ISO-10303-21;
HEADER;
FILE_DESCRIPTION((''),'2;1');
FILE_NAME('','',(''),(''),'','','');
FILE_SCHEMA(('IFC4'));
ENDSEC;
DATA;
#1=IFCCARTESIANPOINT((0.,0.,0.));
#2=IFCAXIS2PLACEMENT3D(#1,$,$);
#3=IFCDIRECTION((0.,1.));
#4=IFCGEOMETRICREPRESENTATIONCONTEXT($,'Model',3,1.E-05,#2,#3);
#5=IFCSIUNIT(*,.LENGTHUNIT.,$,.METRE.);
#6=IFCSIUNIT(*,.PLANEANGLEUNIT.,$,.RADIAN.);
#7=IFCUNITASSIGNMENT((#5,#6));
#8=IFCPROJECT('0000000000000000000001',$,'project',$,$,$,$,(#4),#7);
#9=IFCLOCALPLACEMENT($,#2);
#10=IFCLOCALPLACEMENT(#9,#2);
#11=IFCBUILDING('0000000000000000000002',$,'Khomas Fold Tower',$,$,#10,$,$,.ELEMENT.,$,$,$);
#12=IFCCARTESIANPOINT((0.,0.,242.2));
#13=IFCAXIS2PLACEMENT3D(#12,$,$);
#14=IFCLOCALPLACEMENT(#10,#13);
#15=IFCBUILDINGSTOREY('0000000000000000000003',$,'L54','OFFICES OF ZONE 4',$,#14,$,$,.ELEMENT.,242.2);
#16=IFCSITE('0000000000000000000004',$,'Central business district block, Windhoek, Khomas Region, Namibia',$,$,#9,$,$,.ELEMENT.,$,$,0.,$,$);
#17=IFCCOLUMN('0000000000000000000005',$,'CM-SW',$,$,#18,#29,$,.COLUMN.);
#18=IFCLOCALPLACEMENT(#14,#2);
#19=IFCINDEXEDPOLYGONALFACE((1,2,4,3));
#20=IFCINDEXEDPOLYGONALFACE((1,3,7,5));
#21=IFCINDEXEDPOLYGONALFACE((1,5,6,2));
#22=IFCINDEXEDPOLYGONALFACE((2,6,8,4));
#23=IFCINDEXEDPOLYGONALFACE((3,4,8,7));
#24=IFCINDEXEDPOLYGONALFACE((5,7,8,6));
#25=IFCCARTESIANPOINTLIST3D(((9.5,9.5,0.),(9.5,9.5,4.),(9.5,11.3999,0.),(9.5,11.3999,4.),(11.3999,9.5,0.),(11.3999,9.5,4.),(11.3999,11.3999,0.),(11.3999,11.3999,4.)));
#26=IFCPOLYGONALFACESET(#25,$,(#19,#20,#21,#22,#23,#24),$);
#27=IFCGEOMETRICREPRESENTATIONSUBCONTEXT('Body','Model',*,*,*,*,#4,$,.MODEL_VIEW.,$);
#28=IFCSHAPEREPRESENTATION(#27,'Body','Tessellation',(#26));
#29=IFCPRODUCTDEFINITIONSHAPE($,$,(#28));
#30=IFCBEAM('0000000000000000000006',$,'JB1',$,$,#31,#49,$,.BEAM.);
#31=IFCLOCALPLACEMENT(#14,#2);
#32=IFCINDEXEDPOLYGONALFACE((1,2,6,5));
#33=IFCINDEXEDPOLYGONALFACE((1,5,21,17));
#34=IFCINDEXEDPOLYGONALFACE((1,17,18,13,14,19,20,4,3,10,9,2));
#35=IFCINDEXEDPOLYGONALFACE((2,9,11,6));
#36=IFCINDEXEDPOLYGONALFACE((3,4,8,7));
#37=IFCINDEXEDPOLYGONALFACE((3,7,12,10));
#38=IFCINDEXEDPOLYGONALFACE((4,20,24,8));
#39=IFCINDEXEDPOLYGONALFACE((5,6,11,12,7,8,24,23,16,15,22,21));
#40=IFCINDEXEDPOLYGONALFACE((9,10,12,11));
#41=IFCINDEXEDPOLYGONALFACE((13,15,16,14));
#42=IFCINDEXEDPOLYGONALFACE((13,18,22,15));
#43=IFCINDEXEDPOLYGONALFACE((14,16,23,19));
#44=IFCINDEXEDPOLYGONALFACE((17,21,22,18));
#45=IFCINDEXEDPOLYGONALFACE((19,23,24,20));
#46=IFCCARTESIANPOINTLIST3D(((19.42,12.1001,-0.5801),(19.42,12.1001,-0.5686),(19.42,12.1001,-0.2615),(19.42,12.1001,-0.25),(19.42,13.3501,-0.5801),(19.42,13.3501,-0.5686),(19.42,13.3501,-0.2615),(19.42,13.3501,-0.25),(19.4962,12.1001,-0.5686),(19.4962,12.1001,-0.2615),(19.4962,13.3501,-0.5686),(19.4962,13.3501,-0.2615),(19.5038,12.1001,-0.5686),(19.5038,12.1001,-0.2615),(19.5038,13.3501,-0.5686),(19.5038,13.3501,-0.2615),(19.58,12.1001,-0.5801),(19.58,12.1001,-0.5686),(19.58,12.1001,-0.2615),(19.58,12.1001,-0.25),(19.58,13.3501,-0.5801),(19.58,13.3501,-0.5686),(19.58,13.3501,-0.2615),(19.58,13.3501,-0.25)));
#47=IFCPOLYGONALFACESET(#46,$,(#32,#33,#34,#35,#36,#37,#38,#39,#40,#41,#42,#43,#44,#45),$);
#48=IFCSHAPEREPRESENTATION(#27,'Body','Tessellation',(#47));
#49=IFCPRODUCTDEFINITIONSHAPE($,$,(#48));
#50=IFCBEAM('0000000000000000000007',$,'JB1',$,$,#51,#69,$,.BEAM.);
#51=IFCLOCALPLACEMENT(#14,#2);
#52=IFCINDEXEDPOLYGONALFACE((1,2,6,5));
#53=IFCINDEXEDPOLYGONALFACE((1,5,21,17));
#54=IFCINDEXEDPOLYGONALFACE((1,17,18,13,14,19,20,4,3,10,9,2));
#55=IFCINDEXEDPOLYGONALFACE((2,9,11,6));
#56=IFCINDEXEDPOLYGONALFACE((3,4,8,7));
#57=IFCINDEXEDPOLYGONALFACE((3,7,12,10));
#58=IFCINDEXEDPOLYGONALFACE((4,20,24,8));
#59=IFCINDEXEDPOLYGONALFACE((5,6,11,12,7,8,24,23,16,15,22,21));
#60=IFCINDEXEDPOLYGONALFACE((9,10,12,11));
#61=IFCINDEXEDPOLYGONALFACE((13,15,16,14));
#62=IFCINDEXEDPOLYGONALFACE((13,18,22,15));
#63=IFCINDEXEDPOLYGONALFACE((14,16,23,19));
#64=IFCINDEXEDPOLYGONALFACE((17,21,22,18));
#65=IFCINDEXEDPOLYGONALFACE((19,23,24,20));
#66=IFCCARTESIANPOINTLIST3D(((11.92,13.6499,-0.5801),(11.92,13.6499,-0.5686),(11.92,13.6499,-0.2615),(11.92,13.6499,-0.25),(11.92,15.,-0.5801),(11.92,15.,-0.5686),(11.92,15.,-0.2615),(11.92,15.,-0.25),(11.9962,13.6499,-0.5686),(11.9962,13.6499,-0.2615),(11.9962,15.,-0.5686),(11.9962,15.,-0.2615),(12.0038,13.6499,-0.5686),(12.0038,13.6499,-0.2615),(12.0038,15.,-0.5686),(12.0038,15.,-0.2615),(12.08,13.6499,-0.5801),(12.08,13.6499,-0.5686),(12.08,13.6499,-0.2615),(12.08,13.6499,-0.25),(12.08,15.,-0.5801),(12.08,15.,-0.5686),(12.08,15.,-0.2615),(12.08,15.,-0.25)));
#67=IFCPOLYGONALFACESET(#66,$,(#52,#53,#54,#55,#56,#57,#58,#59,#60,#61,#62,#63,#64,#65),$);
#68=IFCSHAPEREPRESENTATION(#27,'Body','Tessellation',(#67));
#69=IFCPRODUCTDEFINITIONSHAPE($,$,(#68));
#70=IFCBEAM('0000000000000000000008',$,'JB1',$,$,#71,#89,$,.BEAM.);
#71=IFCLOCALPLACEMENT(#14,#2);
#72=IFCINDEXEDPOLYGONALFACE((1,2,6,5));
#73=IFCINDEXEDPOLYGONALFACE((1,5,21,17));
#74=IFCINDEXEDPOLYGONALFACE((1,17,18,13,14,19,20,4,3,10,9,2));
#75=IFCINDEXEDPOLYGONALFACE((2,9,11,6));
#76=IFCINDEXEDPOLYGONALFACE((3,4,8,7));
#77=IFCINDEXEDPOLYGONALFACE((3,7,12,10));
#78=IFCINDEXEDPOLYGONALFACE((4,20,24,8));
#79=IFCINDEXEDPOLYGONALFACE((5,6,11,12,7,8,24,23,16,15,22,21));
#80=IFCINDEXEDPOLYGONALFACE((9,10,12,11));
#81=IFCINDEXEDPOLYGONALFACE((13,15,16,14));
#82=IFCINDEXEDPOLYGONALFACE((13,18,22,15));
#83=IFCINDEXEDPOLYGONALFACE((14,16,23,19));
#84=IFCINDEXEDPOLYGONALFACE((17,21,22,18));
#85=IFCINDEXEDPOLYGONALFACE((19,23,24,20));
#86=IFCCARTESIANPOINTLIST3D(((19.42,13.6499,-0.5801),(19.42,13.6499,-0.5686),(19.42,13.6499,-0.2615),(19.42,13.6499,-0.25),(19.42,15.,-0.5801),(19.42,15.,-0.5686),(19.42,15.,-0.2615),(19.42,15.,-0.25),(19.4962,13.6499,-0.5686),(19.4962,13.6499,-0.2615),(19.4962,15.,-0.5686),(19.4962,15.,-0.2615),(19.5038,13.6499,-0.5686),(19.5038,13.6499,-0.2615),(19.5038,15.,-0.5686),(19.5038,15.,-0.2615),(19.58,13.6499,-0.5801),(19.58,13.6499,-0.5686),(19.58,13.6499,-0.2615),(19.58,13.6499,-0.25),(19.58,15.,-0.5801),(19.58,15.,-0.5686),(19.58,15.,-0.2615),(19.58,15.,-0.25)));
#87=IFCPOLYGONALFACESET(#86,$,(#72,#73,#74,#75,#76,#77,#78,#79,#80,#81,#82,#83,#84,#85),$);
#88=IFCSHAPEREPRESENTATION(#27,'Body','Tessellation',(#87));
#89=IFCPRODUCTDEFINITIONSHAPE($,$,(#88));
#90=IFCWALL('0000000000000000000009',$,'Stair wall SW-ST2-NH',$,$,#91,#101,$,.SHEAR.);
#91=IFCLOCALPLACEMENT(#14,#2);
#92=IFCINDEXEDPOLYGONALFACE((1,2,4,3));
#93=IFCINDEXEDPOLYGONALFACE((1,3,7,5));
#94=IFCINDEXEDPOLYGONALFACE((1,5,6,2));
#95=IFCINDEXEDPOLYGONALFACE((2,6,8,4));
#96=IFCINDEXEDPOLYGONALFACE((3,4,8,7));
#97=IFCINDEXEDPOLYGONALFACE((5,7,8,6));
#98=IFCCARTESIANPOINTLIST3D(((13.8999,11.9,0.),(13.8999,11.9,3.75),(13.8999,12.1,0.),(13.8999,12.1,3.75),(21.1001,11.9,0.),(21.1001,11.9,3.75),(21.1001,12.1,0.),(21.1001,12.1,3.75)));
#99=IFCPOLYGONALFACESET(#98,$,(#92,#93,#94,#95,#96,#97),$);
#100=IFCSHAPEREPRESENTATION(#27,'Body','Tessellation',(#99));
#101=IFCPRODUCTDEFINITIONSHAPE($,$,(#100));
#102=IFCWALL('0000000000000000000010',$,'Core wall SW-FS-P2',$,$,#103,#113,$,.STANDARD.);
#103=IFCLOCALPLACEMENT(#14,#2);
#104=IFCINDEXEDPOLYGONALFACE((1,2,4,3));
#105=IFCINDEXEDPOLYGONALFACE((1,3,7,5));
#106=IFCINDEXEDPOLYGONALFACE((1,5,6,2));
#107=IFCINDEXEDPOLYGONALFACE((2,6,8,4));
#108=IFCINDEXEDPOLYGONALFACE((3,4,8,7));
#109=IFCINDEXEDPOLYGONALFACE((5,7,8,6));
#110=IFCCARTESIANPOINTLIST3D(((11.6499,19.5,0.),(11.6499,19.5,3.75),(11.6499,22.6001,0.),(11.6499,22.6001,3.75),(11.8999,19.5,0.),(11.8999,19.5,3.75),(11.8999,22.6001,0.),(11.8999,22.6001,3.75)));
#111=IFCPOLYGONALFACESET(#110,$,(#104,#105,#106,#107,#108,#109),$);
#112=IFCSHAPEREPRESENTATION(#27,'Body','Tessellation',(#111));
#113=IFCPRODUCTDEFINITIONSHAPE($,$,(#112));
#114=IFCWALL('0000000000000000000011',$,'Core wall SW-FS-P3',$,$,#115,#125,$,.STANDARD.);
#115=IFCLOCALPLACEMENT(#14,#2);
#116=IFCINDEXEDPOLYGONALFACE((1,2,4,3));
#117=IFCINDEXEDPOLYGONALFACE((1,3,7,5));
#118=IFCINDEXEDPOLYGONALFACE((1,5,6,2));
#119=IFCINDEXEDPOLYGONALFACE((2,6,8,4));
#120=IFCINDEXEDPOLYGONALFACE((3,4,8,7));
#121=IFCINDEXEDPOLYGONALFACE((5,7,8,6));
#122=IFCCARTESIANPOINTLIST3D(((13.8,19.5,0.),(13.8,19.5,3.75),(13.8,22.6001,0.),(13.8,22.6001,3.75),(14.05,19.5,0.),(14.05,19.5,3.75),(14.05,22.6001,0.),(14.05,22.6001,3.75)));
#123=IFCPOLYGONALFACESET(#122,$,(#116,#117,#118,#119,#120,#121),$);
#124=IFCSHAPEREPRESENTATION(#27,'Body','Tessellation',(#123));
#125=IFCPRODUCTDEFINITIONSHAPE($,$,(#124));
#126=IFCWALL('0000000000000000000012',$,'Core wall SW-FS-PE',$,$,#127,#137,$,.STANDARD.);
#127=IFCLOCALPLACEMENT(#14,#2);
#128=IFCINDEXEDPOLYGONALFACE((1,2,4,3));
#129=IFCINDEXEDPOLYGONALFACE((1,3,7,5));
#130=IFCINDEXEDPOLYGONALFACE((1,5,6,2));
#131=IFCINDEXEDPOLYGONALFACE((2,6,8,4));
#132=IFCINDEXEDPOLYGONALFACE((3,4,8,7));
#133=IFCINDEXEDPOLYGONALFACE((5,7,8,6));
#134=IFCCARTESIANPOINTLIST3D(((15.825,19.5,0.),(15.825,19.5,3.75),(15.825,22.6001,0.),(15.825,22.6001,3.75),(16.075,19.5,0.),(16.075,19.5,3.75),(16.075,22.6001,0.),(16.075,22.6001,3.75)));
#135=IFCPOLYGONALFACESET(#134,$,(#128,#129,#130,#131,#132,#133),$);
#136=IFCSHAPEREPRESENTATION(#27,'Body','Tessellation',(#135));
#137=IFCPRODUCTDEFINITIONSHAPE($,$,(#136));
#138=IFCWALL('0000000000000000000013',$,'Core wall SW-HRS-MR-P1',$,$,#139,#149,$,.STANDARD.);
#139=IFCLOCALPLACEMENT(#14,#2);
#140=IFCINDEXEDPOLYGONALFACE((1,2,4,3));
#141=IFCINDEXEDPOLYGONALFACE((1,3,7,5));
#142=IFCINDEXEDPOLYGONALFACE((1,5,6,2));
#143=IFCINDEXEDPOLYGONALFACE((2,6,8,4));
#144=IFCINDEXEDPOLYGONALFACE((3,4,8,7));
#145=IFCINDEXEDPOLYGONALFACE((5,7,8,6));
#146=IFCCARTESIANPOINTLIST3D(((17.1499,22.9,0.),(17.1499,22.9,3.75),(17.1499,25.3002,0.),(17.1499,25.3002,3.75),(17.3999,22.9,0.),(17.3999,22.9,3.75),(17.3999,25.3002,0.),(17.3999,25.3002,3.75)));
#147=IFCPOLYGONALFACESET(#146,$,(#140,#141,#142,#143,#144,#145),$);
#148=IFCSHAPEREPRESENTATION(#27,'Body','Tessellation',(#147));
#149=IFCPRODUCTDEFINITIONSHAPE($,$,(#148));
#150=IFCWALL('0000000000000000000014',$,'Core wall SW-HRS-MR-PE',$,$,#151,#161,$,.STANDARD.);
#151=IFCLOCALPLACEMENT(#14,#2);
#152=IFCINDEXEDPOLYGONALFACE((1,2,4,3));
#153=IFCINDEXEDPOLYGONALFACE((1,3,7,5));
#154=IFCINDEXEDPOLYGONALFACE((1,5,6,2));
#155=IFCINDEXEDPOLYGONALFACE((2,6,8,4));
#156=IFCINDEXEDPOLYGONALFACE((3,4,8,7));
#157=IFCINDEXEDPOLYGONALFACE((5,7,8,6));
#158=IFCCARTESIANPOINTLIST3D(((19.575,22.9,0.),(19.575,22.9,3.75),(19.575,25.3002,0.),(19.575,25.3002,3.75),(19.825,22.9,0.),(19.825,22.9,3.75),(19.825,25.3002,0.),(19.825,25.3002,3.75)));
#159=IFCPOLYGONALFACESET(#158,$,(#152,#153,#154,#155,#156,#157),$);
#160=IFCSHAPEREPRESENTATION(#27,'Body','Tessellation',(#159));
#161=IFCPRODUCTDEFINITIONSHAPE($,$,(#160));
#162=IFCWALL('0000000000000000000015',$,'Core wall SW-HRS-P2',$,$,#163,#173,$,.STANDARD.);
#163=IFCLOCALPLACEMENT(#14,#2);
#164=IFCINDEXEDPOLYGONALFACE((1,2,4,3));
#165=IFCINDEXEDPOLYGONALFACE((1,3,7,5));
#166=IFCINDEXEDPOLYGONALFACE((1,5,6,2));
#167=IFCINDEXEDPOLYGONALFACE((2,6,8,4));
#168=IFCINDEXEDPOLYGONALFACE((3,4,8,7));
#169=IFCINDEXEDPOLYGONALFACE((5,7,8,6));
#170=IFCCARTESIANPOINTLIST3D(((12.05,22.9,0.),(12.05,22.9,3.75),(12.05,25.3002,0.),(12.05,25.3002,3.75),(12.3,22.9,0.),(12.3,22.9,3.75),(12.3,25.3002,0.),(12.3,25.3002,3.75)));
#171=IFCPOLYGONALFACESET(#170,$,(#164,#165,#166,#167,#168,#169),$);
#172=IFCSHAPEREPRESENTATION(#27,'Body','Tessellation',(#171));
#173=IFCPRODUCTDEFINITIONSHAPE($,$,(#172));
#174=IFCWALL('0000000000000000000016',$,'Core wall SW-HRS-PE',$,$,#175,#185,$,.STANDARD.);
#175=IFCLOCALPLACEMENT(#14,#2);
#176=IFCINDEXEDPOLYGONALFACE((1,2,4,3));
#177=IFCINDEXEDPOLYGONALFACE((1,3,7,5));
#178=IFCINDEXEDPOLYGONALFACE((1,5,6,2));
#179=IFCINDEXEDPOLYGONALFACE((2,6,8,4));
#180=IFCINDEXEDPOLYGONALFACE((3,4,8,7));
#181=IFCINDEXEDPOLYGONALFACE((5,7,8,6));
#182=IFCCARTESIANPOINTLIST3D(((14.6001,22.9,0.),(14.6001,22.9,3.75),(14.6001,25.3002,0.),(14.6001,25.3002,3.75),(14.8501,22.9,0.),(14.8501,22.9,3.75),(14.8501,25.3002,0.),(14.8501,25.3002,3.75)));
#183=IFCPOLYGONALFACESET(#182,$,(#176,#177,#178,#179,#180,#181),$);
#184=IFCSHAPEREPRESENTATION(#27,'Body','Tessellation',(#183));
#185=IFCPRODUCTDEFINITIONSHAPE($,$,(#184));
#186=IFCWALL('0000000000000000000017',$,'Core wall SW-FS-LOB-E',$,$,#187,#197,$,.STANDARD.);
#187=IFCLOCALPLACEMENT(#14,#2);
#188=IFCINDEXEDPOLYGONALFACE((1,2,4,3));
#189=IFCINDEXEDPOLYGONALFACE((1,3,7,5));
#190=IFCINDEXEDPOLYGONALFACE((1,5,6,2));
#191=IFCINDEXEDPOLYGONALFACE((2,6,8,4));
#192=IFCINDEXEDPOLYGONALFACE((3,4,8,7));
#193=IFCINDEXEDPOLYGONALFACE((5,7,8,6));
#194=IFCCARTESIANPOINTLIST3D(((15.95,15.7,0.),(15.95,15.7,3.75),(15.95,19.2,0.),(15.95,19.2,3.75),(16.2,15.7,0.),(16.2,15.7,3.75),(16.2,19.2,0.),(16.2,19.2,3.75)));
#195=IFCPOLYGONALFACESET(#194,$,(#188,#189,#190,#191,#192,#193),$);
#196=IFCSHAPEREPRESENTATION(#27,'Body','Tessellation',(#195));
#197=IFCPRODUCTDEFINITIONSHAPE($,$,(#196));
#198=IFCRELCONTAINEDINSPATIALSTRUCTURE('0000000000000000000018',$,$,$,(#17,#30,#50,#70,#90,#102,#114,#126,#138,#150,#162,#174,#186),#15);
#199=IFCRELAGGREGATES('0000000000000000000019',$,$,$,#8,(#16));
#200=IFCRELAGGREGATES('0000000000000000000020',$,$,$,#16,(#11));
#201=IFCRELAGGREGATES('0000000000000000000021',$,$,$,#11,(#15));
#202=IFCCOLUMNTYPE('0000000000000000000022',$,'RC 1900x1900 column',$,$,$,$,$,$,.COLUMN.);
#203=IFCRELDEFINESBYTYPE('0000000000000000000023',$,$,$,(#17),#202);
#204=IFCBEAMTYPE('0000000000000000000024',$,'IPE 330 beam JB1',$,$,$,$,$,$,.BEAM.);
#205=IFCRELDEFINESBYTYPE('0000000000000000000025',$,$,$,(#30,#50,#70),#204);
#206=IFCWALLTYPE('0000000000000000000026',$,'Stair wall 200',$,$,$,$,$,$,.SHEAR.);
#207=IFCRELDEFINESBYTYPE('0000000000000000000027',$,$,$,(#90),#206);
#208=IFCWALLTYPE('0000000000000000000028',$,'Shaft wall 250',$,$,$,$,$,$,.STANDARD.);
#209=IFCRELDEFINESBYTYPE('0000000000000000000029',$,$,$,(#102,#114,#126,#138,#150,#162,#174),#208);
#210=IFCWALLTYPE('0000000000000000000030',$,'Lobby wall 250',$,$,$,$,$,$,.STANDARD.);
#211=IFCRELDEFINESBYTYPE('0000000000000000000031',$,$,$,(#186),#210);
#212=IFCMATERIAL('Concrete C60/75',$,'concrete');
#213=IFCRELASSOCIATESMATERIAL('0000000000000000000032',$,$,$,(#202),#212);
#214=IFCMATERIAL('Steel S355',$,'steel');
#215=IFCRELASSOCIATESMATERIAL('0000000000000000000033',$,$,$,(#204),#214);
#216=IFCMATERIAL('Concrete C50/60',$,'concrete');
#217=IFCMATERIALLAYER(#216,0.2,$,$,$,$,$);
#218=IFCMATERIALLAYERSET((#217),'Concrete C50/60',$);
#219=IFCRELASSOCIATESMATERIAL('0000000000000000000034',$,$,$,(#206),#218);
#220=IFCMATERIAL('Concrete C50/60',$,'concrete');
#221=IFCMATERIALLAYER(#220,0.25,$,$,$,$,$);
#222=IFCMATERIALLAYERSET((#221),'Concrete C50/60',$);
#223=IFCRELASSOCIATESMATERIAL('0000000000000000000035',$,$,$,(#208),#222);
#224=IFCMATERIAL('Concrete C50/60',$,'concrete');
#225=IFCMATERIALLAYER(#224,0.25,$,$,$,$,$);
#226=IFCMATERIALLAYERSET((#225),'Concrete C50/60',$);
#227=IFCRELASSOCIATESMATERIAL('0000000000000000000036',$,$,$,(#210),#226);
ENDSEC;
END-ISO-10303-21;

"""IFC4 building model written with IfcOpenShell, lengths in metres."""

from ifc_helpers import new_model, si_unit, direction, frame, frame_2d, origin, origin_2d, place, context, subcontext, project, spatial, rectangle, i_section, extrude, source, transform, mapped, material, layer, layer_set, material_profile, profile_set, type_object, element, save


model = new_model("IFC4")

# Units and contexts
model_context = context("Model", 3, precision=1e-05, world=origin(), true_north=direction((0.0, 1.0)))
body_context = subcontext(model_context, "Body", "Model", "MODEL_VIEW")
ifc_project = project(units=[si_unit("LENGTHUNIT", "METRE"), si_unit("PLANEANGLEUNIT", "RADIAN")], contexts=[model_context])

# Site, building, storey
site_placement = place(None, origin())
site = spatial("IfcSite", under=ifc_project, at=site_placement, Name="Central business district block, Windhoek, Khomas Region, Namibia", CompositionType="ELEMENT", RefElevation=0.0)
building_placement = place(site_placement, origin())
building = spatial("IfcBuilding", under=site, at=building_placement, Name="Khomas Fold Tower", CompositionType="ELEMENT")
storey_placement = place(building_placement, frame((0.0, 0.0, 242.2)))
storey = spatial("IfcBuildingStorey", under=building, at=storey_placement, Name="L54", Description="OFFICES OF ZONE 4", CompositionType="ELEMENT", Elevation=242.2)

# Column
ifc_material_1 = material(Name="Concrete C60/75", Category="concrete")
ifc_material_profile_1 = material_profile(ifc_material_1, rectangle(XDim=1.8999, YDim=1.8999, at=origin_2d()), Name="RC 1900x1900")
ifc_profile_set_1 = profile_set([ifc_material_profile_1], Name="Concrete C60/75")
column_type = type_object("IfcColumnType", Name="RC 1900x1900 column", PredefinedType="COLUMN", material=ifc_profile_set_1)
shared_shape_1 = source(origin(), body_context, "Body", "SweptSolid", [
    extrude(rectangle(XDim=1.8999, YDim=1.8999, at=origin_2d()), origin(), (0.0, 0.0, 1.0), 4.0),
])
column_placement = place(storey_placement, frame((10.45, 10.45, 0.0), z_axis=(0.0, 0.0, 1.0), x_axis=(1.0, 0.0, 0.0)))
element("IfcColumn", 1, at=column_placement, inside=storey, type_object=column_type, Name="CM-SW", PredefinedType="COLUMN", context=body_context, shape_type="MappedRepresentation", body=[
    mapped(shared_shape_1, transform((0.0, 0.0, 0.0))),
])

# Beams
ifc_material_2 = material(Name="Steel S355", Category="steel")
ifc_material_profile_2 = material_profile(ifc_material_2, i_section(OverallWidth=0.1599, OverallDepth=0.3301, WebThickness=0.0076, FlangeThickness=0.0115, at=origin_2d()), Name="IPE 330")
ifc_profile_set_2 = profile_set([ifc_material_profile_2], Name="Steel S355")
beam_type = type_object("IfcBeamType", Name="IPE 330 beam JB1", PredefinedType="BEAM", material=ifc_profile_set_2)
shared_shape_2 = source(origin(), body_context, "Body", "SweptSolid", [
    extrude(i_section(OverallWidth=0.1599, OverallDepth=0.3301, WebThickness=0.0076, FlangeThickness=0.0115, at=origin_2d()), origin(), (0.0, 0.0, 1.0), 1.25),
])
beam_placement = place(storey_placement, frame((19.5, 12.1001, -0.415), z_axis=(0.0, 1.0, 0.0), x_axis=(-1.0, 0.0, 0.0)))
element("IfcBeam", 2, at=beam_placement, inside=storey, type_object=beam_type, Name="JB1", PredefinedType="BEAM", context=body_context, shape_type="MappedRepresentation", body=[
    mapped(shared_shape_2, transform((0.0, 0.0, 0.0))),
])
shared_shape_3 = source(origin(), body_context, "Body", "SweptSolid", [
    extrude(i_section(OverallWidth=0.1599, OverallDepth=0.3301, WebThickness=0.0076, FlangeThickness=0.0115, at=origin_2d()), origin(), (0.0, 0.0, 1.0), 1.3501),
])
for number, where, z_axis, x_axis, name in (
    (3, (12.0, 13.6499, -0.415), (0.0, 1.0, 0.0), (-1.0, 0.0, 0.0), "JB1"),
    (4, (19.5, 13.6499, -0.415), (0.0, 1.0, 0.0), (-1.0, 0.0, 0.0), "JB1"),
):
    element("IfcBeam", number, at=place(storey_placement, frame(where, z_axis=z_axis, x_axis=x_axis)), inside=storey, type_object=beam_type, Name=name, PredefinedType="BEAM", context=body_context, shape_type="MappedRepresentation", body=[
        mapped(shared_shape_3, transform((0.0, 0.0, 0.0))),
    ])

# Walls
ifc_material_3 = material(Name="Concrete C50/60", Category="concrete")
ifc_layer_1 = layer(ifc_material_3, 0.2)
ifc_layer_set_1 = layer_set([ifc_layer_1], Name="Concrete C50/60")
wall_type_1 = type_object("IfcWallType", Name="Stair wall 200", PredefinedType="SHEAR", material=ifc_layer_set_1)
shared_shape_4 = source(origin(), body_context, "Body", "SweptSolid", [
    extrude(rectangle(XDim=7.2002, YDim=0.2, at=frame_2d((3.6001, 0.0))), origin(), (0.0, 0.0, 1.0), 3.75),
])
wall_1_placement = place(storey_placement, frame((13.8999, 12.0, 0.0), z_axis=(0.0, 0.0, 1.0), x_axis=(1.0, 0.0, 0.0)))
element("IfcWall", 5, at=wall_1_placement, inside=storey, type_object=wall_type_1, Name="Stair wall SW-ST2-NH", PredefinedType="SHEAR", context=body_context, shape_type="MappedRepresentation", body=[
    mapped(shared_shape_4, transform((0.0, 0.0, 0.0))),
])
ifc_material_4 = material(Name="Concrete C50/60", Category="concrete")
ifc_layer_2 = layer(ifc_material_4, 0.25)
ifc_layer_set_2 = layer_set([ifc_layer_2], Name="Concrete C50/60")
wall_type_2 = type_object("IfcWallType", Name="Shaft wall 250", PredefinedType="STANDARD", material=ifc_layer_set_2)
shared_shape_5 = source(origin(), body_context, "Body", "SweptSolid", [
    extrude(rectangle(XDim=3.1001, YDim=0.25, at=frame_2d((1.55, 0.0))), origin(), (0.0, 0.0, 1.0), 3.75),
])
for number, where, z_axis, x_axis, name in (
    (6, (11.7749, 19.5, 0.0), (0.0, 0.0, 1.0), (0.0, 1.0, 0.0), "Core wall SW-FS-P2"),
    (7, (13.925, 19.5, 0.0), (0.0, 0.0, 1.0), (0.0, 1.0, 0.0), "Core wall SW-FS-P3"),
    (8, (15.95, 19.5, 0.0), (0.0, 0.0, 1.0), (0.0, 1.0, 0.0), "Core wall SW-FS-PE"),
):
    element("IfcWall", number, at=place(storey_placement, frame(where, z_axis=z_axis, x_axis=x_axis)), inside=storey, type_object=wall_type_2, Name=name, PredefinedType="STANDARD", context=body_context, shape_type="MappedRepresentation", body=[
        mapped(shared_shape_5, transform((0.0, 0.0, 0.0))),
    ])
shared_shape_6 = source(origin(), body_context, "Body", "SweptSolid", [
    extrude(rectangle(XDim=2.4001, YDim=0.25, at=frame_2d((1.2002, 0.0))), origin(), (0.0, 0.0, 1.0), 3.75),
])
for number, where, z_axis, x_axis, name in (
    (9, (17.2749, 22.8999, 0.0), (0.0, 0.0, 1.0), (0.0, 1.0, 0.0), "Core wall SW-HRS-MR-P1"),
    (10, (19.7, 22.8999, 0.0), (0.0, 0.0, 1.0), (0.0, 1.0, 0.0), "Core wall SW-HRS-MR-PE"),
    (11, (12.175, 22.8999, 0.0), (0.0, 0.0, 1.0), (0.0, 1.0, 0.0), "Core wall SW-HRS-P2"),
    (12, (14.7251, 22.8999, 0.0), (0.0, 0.0, 1.0), (0.0, 1.0, 0.0), "Core wall SW-HRS-PE"),
):
    element("IfcWall", number, at=place(storey_placement, frame(where, z_axis=z_axis, x_axis=x_axis)), inside=storey, type_object=wall_type_2, Name=name, PredefinedType="STANDARD", context=body_context, shape_type="MappedRepresentation", body=[
        mapped(shared_shape_6, transform((0.0, 0.0, 0.0))),
    ])
ifc_material_5 = material(Name="Concrete C50/60", Category="concrete")
ifc_layer_3 = layer(ifc_material_5, 0.25)
ifc_layer_set_3 = layer_set([ifc_layer_3], Name="Concrete C50/60")
wall_type_3 = type_object("IfcWallType", Name="Lobby wall 250", PredefinedType="STANDARD", material=ifc_layer_set_3)
shared_shape_7 = source(origin(), body_context, "Body", "SweptSolid", [
    extrude(rectangle(XDim=3.5, YDim=0.25, at=frame_2d((1.75, 0.0))), origin(), (0.0, 0.0, 1.0), 3.75),
])
for number, where, z_axis, x_axis, name in (
    (13, (16.075, 15.7, 0.0), (0.0, 0.0, 1.0), (0.0, 1.0, 0.0), "Core wall SW-FS-LOB-E"),
):
    element("IfcWall", number, at=place(storey_placement, frame(where, z_axis=z_axis, x_axis=x_axis)), inside=storey, type_object=wall_type_3, Name=name, PredefinedType="STANDARD", context=body_context, shape_type="MappedRepresentation", body=[
        mapped(shared_shape_7, transform((0.0, 0.0, 0.0))),
    ])

save(model, "model.ifc")
